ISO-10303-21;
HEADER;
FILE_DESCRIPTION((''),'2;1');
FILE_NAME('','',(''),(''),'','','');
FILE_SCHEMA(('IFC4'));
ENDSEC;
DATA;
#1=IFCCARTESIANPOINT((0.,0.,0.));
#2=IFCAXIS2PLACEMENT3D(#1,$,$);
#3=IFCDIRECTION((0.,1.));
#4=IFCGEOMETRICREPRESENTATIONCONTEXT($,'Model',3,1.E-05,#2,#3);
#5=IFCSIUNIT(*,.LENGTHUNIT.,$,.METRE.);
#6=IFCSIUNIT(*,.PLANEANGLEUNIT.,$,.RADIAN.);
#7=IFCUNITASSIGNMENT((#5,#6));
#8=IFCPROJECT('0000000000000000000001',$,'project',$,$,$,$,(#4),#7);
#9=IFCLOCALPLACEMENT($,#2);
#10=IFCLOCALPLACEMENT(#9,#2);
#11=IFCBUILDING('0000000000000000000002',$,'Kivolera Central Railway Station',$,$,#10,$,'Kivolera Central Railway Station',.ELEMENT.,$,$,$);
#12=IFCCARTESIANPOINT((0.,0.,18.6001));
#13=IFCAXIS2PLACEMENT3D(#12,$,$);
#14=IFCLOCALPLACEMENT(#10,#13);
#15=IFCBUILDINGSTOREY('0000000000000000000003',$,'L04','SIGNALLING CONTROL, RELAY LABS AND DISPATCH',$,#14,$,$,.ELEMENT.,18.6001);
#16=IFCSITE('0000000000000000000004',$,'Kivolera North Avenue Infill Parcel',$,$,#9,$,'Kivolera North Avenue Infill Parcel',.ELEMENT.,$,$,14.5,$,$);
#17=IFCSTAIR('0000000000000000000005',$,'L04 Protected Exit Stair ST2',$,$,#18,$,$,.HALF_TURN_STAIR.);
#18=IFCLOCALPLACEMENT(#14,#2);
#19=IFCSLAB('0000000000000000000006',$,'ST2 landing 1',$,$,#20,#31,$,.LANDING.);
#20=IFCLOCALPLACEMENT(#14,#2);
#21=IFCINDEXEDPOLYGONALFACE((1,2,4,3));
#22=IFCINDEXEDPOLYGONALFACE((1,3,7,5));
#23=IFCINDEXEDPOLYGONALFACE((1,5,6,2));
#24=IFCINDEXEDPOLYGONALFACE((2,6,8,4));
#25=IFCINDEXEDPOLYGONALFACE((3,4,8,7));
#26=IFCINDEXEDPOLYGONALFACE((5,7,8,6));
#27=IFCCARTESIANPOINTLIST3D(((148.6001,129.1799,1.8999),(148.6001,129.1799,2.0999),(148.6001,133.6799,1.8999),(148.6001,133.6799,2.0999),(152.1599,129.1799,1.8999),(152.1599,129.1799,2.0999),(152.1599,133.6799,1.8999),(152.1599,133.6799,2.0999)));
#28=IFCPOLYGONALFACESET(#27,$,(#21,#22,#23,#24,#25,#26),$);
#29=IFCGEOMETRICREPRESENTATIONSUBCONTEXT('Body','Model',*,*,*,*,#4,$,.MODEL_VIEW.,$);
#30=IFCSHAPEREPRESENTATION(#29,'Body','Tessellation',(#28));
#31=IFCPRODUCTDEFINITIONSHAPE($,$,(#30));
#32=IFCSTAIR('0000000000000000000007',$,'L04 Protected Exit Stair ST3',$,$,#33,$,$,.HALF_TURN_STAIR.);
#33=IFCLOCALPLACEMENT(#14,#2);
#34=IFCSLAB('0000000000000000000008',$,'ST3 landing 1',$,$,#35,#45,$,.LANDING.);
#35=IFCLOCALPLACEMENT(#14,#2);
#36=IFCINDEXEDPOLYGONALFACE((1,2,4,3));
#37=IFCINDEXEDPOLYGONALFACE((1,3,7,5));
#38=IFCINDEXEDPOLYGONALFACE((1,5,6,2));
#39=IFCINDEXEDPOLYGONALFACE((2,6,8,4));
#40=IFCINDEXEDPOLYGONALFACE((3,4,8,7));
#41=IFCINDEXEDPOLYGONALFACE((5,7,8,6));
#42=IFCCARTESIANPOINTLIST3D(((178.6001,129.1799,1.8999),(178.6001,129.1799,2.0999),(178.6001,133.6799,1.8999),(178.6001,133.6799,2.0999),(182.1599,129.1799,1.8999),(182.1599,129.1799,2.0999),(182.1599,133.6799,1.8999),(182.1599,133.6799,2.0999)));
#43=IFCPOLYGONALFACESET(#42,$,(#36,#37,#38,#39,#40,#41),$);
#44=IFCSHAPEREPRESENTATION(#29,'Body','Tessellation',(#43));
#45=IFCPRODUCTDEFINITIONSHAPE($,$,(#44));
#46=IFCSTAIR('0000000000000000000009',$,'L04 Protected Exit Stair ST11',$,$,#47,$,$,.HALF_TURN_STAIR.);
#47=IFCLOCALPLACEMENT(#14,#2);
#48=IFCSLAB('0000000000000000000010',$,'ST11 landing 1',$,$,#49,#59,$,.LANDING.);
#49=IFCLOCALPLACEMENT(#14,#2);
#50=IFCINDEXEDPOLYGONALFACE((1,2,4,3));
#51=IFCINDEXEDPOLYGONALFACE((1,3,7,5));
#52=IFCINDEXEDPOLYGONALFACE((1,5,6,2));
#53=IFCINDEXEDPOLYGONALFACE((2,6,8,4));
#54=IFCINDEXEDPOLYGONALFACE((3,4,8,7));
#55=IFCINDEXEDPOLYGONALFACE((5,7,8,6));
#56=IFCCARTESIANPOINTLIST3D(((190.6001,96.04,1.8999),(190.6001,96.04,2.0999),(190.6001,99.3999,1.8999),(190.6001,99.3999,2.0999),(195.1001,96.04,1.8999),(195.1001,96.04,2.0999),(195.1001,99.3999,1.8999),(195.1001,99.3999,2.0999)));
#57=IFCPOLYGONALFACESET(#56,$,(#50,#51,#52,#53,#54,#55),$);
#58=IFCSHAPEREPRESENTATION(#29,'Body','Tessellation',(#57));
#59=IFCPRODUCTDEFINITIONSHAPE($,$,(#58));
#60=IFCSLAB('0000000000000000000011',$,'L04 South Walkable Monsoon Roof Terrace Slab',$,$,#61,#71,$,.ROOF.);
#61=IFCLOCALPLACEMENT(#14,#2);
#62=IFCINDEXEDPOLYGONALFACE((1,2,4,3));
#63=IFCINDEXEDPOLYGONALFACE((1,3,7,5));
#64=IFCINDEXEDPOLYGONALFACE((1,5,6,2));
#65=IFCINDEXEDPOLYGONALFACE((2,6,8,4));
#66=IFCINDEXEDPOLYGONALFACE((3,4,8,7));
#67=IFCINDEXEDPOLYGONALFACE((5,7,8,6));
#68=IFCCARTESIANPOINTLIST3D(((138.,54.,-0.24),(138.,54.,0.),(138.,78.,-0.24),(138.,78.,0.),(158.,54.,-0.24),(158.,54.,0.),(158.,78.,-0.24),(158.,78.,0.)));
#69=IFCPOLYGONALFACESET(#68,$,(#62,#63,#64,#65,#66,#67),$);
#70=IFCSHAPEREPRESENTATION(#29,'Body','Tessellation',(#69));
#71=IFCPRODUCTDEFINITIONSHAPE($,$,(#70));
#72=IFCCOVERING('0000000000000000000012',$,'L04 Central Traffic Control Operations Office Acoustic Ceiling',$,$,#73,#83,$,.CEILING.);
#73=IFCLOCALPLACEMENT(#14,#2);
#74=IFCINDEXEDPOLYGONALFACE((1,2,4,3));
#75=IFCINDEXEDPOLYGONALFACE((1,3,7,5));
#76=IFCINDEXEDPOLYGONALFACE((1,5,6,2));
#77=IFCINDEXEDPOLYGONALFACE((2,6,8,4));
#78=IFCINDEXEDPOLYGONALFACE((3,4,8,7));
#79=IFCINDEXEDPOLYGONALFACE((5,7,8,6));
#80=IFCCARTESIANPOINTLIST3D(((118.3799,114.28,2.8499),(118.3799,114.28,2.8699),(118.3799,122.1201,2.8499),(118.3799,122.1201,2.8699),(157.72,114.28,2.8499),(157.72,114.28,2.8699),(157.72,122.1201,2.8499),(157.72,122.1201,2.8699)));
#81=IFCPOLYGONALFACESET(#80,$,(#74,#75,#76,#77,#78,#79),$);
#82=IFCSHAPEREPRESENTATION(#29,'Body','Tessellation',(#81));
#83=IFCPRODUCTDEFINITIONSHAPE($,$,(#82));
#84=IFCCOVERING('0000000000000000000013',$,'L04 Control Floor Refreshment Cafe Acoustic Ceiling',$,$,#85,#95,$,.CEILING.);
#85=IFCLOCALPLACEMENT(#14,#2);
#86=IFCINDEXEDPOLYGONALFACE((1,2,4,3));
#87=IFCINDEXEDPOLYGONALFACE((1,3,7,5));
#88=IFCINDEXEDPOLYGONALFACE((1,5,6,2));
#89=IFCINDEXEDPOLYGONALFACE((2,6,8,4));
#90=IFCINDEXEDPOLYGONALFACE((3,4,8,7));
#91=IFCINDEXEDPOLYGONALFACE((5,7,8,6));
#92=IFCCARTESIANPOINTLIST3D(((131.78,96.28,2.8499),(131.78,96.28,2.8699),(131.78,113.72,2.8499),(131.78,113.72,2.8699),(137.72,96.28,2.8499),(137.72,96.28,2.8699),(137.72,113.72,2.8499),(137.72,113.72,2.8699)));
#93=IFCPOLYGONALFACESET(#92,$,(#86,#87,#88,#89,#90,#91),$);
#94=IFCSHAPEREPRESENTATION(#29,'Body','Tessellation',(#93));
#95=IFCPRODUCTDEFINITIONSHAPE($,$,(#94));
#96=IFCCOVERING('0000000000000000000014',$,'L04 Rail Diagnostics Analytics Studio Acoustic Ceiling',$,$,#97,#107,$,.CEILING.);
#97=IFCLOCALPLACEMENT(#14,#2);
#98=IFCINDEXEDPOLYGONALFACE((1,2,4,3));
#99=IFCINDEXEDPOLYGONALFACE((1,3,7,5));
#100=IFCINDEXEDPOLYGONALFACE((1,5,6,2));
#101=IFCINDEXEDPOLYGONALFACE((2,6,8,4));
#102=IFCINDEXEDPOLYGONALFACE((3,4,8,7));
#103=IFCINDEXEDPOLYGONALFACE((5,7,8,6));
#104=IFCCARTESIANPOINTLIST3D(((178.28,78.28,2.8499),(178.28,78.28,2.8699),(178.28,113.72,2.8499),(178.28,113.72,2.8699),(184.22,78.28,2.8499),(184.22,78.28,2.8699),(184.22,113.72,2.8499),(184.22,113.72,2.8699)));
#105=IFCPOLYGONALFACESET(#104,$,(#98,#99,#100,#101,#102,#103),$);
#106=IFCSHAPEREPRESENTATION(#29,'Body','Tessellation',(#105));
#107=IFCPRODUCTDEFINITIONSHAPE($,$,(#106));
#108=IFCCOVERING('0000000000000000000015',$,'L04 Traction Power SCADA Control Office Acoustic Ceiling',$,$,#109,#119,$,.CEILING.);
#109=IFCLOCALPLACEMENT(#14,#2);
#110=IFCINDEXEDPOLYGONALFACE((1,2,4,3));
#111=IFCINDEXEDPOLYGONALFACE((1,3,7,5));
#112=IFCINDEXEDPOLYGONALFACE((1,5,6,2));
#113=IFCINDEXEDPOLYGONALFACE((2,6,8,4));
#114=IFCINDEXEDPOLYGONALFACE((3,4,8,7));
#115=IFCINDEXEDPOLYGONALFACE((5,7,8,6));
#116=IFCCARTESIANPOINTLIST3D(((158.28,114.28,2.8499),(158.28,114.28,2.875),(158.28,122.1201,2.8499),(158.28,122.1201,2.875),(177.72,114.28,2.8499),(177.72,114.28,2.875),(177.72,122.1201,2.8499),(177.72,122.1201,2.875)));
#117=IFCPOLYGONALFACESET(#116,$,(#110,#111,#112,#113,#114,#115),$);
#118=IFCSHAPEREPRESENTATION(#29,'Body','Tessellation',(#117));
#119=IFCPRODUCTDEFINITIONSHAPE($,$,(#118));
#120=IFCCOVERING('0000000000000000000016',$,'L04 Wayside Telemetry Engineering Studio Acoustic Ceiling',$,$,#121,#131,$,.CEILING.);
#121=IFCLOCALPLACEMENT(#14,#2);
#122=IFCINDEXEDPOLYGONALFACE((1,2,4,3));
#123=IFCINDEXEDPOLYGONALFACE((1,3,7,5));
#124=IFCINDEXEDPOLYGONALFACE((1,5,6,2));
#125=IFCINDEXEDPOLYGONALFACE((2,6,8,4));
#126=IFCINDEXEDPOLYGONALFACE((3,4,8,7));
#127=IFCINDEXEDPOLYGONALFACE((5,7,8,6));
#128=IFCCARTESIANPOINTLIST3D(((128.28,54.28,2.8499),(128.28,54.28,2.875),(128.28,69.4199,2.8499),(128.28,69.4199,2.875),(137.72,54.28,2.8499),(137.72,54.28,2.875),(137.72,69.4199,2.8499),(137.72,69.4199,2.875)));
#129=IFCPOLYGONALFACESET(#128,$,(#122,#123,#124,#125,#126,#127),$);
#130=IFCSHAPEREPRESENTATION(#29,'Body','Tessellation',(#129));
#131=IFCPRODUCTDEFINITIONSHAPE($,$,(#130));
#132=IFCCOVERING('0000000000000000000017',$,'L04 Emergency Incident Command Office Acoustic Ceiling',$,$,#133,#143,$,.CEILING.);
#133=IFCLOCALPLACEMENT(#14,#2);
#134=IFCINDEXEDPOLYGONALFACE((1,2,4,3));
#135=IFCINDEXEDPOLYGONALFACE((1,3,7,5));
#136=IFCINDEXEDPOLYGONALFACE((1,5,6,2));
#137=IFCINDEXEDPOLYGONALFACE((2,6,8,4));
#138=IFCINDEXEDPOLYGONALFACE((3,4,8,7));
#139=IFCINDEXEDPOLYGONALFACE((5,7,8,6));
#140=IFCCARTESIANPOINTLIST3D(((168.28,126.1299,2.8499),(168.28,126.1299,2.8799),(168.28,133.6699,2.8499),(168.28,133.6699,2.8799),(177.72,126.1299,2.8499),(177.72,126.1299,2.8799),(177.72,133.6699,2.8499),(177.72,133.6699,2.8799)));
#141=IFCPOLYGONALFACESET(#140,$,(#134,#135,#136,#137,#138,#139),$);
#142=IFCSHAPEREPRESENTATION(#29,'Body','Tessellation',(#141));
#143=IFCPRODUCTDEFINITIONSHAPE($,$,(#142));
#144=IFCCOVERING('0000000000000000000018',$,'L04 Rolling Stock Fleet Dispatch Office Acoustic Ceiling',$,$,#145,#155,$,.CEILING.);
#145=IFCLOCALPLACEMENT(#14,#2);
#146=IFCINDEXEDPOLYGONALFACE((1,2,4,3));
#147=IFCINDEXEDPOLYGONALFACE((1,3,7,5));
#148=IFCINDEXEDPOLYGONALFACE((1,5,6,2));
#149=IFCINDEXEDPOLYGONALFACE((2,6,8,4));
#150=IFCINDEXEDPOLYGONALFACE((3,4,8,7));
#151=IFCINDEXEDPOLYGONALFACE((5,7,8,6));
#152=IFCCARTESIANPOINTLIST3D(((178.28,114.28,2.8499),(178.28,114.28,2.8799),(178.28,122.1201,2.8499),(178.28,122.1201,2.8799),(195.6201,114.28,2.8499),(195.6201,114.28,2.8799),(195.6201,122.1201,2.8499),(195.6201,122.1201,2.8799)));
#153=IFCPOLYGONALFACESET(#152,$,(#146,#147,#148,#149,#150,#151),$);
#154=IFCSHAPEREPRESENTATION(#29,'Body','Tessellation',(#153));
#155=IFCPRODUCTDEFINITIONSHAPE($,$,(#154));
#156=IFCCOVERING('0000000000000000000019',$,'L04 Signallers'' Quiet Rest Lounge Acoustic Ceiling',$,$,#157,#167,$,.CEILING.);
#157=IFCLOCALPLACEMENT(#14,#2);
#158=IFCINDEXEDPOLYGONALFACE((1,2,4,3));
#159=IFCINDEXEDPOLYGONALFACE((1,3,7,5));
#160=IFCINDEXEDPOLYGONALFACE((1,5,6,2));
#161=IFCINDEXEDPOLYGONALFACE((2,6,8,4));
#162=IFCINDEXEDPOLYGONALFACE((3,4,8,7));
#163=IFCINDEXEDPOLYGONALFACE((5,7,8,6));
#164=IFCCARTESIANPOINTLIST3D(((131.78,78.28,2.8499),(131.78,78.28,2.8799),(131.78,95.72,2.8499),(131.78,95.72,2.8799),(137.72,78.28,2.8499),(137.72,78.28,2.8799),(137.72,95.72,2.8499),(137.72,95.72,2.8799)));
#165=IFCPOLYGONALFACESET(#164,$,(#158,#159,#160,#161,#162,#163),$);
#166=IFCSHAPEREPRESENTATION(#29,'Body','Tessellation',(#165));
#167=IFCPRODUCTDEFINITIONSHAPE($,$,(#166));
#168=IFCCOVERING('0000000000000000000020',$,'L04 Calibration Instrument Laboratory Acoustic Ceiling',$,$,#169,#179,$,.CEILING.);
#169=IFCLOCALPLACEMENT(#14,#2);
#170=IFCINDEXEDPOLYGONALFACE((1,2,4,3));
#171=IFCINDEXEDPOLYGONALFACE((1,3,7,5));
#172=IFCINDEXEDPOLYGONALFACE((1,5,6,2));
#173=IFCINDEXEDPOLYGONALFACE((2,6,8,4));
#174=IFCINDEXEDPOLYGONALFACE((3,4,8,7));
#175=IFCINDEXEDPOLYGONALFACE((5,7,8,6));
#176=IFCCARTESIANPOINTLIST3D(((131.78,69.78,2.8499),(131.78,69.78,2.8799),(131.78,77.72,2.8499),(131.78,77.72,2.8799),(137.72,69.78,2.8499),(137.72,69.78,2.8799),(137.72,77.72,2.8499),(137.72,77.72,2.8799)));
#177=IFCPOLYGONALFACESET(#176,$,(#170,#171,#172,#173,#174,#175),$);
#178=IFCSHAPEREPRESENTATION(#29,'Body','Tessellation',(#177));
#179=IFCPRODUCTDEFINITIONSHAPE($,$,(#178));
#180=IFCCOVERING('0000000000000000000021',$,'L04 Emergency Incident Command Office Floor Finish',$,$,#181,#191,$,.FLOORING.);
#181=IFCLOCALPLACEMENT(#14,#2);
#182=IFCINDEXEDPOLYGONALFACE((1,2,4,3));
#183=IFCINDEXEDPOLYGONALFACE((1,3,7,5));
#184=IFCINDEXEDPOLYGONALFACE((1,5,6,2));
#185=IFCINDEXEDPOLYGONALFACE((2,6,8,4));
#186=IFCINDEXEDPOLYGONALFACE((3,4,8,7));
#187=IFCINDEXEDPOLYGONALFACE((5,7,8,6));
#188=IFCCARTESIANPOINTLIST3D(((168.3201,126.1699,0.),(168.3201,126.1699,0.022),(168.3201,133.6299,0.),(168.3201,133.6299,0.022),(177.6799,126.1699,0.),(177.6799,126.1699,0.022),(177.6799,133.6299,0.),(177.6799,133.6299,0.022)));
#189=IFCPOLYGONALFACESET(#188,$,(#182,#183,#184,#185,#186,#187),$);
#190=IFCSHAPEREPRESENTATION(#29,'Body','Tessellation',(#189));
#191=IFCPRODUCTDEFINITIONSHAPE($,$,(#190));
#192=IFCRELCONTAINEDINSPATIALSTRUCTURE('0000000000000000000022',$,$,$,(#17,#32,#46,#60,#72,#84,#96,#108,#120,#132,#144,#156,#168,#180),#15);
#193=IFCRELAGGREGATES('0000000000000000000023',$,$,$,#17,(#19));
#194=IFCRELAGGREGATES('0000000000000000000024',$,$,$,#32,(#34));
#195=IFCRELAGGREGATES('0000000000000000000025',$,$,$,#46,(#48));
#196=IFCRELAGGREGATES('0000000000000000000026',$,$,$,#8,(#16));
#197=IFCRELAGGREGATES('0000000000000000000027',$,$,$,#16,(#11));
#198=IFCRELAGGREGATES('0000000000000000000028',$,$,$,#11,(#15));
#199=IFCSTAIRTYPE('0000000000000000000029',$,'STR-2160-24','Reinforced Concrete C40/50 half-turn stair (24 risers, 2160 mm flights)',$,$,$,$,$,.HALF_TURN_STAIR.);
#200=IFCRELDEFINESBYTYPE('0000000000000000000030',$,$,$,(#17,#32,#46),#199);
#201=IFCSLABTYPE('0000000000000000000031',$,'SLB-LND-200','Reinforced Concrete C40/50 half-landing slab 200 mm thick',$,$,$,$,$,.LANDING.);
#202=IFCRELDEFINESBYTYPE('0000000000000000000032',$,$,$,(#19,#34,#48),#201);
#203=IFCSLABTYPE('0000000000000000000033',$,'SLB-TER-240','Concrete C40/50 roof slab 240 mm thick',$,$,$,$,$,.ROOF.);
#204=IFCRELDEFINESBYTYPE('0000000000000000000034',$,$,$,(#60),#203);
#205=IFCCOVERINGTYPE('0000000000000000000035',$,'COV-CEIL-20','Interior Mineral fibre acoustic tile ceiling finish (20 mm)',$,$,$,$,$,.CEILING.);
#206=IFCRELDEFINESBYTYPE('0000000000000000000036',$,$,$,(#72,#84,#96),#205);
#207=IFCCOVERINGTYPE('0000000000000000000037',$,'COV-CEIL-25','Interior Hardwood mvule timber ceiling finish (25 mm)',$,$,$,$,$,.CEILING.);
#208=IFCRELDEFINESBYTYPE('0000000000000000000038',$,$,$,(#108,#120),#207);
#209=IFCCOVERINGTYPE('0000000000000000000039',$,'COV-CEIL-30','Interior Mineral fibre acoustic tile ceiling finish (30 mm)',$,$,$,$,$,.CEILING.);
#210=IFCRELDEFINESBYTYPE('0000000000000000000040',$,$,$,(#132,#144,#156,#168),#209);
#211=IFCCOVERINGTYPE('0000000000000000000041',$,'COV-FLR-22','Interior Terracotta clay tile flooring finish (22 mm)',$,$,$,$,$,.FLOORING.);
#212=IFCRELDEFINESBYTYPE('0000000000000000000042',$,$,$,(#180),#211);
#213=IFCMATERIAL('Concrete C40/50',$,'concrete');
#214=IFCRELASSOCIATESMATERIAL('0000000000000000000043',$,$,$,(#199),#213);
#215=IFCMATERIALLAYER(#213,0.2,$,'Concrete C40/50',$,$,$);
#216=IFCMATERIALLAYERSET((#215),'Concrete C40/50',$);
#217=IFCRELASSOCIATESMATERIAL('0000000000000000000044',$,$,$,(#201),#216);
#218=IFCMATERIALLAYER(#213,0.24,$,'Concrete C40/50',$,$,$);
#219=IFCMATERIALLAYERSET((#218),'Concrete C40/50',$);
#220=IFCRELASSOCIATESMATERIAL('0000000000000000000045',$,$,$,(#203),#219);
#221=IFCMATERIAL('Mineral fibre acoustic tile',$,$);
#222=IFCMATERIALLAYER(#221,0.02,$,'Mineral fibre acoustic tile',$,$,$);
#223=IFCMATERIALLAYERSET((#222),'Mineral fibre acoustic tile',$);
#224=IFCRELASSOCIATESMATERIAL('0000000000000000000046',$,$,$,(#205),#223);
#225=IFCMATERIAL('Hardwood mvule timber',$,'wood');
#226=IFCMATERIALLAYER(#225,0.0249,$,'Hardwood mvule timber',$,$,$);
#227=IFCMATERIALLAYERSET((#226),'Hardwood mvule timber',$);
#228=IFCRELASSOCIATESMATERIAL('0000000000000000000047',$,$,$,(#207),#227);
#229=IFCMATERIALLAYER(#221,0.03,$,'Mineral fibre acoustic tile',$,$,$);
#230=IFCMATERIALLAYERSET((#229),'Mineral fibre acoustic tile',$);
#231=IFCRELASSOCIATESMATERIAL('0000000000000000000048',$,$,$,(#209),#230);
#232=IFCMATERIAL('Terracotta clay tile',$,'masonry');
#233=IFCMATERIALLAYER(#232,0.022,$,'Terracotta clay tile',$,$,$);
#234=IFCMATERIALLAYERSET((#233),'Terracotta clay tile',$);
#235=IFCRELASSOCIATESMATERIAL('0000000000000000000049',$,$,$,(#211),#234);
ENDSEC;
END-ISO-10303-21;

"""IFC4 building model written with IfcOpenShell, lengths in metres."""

from ifc_helpers import new_model, si_unit, direction, frame, origin, place, context, subcontext, project, spatial, polyline, outline, extrude, material, layer, layer_set, type_object, element, aggregate, save


model = new_model("IFC4")

# Units and contexts
model_context = context("Model", 3, precision=1e-05, world=origin(), true_north=direction((0.0, 1.0)))
body_context = subcontext(model_context, "Body", "Model", "MODEL_VIEW")
ifc_project = project(units=[si_unit("LENGTHUNIT", "METRE"), si_unit("PLANEANGLEUNIT", "RADIAN")], contexts=[model_context])

# Site, building, storey
site_placement = place(None, origin())
site = spatial("IfcSite", under=ifc_project, at=site_placement, Name="Kivolera North Avenue Infill Parcel", LongName="Kivolera North Avenue Infill Parcel", CompositionType="ELEMENT", RefElevation=14.5)
building_placement = place(site_placement, origin())
building = spatial("IfcBuilding", under=site, at=building_placement, Name="Kivolera Central Railway Station", LongName="Kivolera Central Railway Station", CompositionType="ELEMENT")
storey_placement = place(building_placement, frame((0.0, 0.0, 18.6001)))
storey = spatial("IfcBuildingStorey", under=building, at=storey_placement, Name="L04", Description="SIGNALLING CONTROL, RELAY LABS AND DISPATCH", CompositionType="ELEMENT", Elevation=18.6001)

# Shared definitions
ifc_material_1 = material(Name="Concrete C40/50", Category="concrete")

# Stairs, slabs
stair_type = type_object("IfcStairType", Name="STR-2160-24", Description="Reinforced Concrete C40/50 half-turn stair (24 risers, 2160 mm flights)", PredefinedType="HALF_TURN_STAIR", material=ifc_material_1)
ifc_layer_1 = layer(ifc_material_1, 0.2, Name="Concrete C40/50")
ifc_layer_set_1 = layer_set([ifc_layer_1], Name="Concrete C40/50")
slab_type_1 = type_object("IfcSlabType", Name="SLB-LND-200", Description="Reinforced Concrete C40/50 half-landing slab 200 mm thick", PredefinedType="LANDING", material=ifc_layer_set_1)
stair_1_placement = place(storey_placement, origin())
stair_1 = element("IfcStair", 1, at=stair_1_placement, inside=storey, type_object=stair_type, Name="L04 Protected Exit Stair ST2", PredefinedType="HALF_TURN_STAIR")
slab_1_placement = place(storey_placement, frame((0.0, 0.0, 1.8999)))
slab_1 = element("IfcSlab", 2, at=slab_1_placement, type_object=slab_type_1, Name="ST2 landing 1", PredefinedType="LANDING", context=body_context, shape_type="SweptSolid", body=[
    extrude(outline(polyline([(152.1599, 133.6799), (148.6001, 133.6799), (148.6001, 129.1799), (152.1599, 129.1799), (152.1599, 133.6799)])), origin(), (0.0, 0.0, 1.0), 0.2),
])
aggregate(stair_1, [slab_1])
stair_2_placement = place(storey_placement, origin())
stair_2 = element("IfcStair", 3, at=stair_2_placement, inside=storey, type_object=stair_type, Name="L04 Protected Exit Stair ST3", PredefinedType="HALF_TURN_STAIR")
slab_2_placement = place(storey_placement, frame((0.0, 0.0, 1.8999)))
slab_2 = element("IfcSlab", 4, at=slab_2_placement, type_object=slab_type_1, Name="ST3 landing 1", PredefinedType="LANDING", context=body_context, shape_type="SweptSolid", body=[
    extrude(outline(polyline([(182.1599, 133.6799), (178.6001, 133.6799), (178.6001, 129.1799), (182.1599, 129.1799), (182.1599, 133.6799)])), origin(), (0.0, 0.0, 1.0), 0.2),
])
aggregate(stair_2, [slab_2])
stair_3_placement = place(storey_placement, origin())
stair_3 = element("IfcStair", 5, at=stair_3_placement, inside=storey, type_object=stair_type, Name="L04 Protected Exit Stair ST11", PredefinedType="HALF_TURN_STAIR")
slab_3_placement = place(storey_placement, frame((0.0, 0.0, 1.8999)))
slab_3 = element("IfcSlab", 6, at=slab_3_placement, type_object=slab_type_1, Name="ST11 landing 1", PredefinedType="LANDING", context=body_context, shape_type="SweptSolid", body=[
    extrude(outline(polyline([(195.1001, 96.04), (195.1001, 99.3999), (190.6001, 99.3999), (190.6001, 96.04), (195.1001, 96.04)])), origin(), (0.0, 0.0, 1.0), 0.2),
])
aggregate(stair_3, [slab_3])

# Slab
ifc_layer_2 = layer(ifc_material_1, 0.24, Name="Concrete C40/50")
ifc_layer_set_2 = layer_set([ifc_layer_2], Name="Concrete C40/50")
slab_type_2 = type_object("IfcSlabType", Name="SLB-TER-240", Description="Concrete C40/50 roof slab 240 mm thick", PredefinedType="ROOF", material=ifc_layer_set_2)
slab_4_placement = place(storey_placement, frame((0.0, 0.0, -0.24)))
element("IfcSlab", 7, at=slab_4_placement, inside=storey, type_object=slab_type_2, Name="L04 South Walkable Monsoon Roof Terrace Slab", PredefinedType="ROOF", context=body_context, shape_type="SweptSolid", body=[
    extrude(outline(polyline([(138.0, 54.0), (158.0, 54.0), (158.0, 78.0), (138.0, 78.0), (138.0, 54.0)])), origin(), (0.0, 0.0, 1.0), 0.24),
])

# Coverings
ifc_material_2 = material(Name="Mineral fibre acoustic tile")
ifc_layer_3 = layer(ifc_material_2, 0.02, Name="Mineral fibre acoustic tile")
ifc_layer_set_3 = layer_set([ifc_layer_3], Name="Mineral fibre acoustic tile")
covering_type_1 = type_object("IfcCoveringType", Name="COV-CEIL-20", Description="Interior Mineral fibre acoustic tile ceiling finish (20 mm)", PredefinedType="CEILING", material=ifc_layer_set_3)
covering_1_placement = place(storey_placement, frame((0.0, 0.0, 2.8499)))
element("IfcCovering", 8, at=covering_1_placement, inside=storey, type_object=covering_type_1, Name="L04 Central Traffic Control Operations Office Acoustic Ceiling", PredefinedType="CEILING", context=body_context, shape_type="SweptSolid", body=[
    extrude(outline(polyline([(118.3799, 114.28), (157.72, 114.28), (157.72, 122.1201), (118.3799, 122.1201), (118.3799, 114.28)])), origin(), (0.0, 0.0, 1.0), 0.02),
])
covering_2_placement = place(storey_placement, frame((0.0, 0.0, 2.8499)))
element("IfcCovering", 9, at=covering_2_placement, inside=storey, type_object=covering_type_1, Name="L04 Control Floor Refreshment Cafe Acoustic Ceiling", PredefinedType="CEILING", context=body_context, shape_type="SweptSolid", body=[
    extrude(outline(polyline([(131.78, 96.28), (137.72, 96.28), (137.72, 113.72), (131.78, 113.72), (131.78, 96.28)])), origin(), (0.0, 0.0, 1.0), 0.02),
])
covering_3_placement = place(storey_placement, frame((0.0, 0.0, 2.8499)))
element("IfcCovering", 10, at=covering_3_placement, inside=storey, type_object=covering_type_1, Name="L04 Rail Diagnostics Analytics Studio Acoustic Ceiling", PredefinedType="CEILING", context=body_context, shape_type="SweptSolid", body=[
    extrude(outline(polyline([(178.28, 78.28), (184.22, 78.28), (184.22, 113.72), (178.28, 113.72), (178.28, 78.28)])), origin(), (0.0, 0.0, 1.0), 0.02),
])
ifc_material_3 = material(Name="Hardwood mvule timber", Category="wood")
ifc_layer_4 = layer(ifc_material_3, 0.0249, Name="Hardwood mvule timber")
ifc_layer_set_4 = layer_set([ifc_layer_4], Name="Hardwood mvule timber")
covering_type_2 = type_object("IfcCoveringType", Name="COV-CEIL-25", Description="Interior Hardwood mvule timber ceiling finish (25 mm)", PredefinedType="CEILING", material=ifc_layer_set_4)
covering_4_placement = place(storey_placement, frame((0.0, 0.0, 2.8499)))
element("IfcCovering", 11, at=covering_4_placement, inside=storey, type_object=covering_type_2, Name="L04 Traction Power SCADA Control Office Acoustic Ceiling", PredefinedType="CEILING", context=body_context, shape_type="SweptSolid", body=[
    extrude(outline(polyline([(158.28, 114.28), (177.72, 114.28), (177.72, 122.1201), (158.28, 122.1201), (158.28, 114.28)])), origin(), (0.0, 0.0, 1.0), 0.0251),
])
covering_5_placement = place(storey_placement, frame((0.0, 0.0, 2.8499)))
element("IfcCovering", 12, at=covering_5_placement, inside=storey, type_object=covering_type_2, Name="L04 Wayside Telemetry Engineering Studio Acoustic Ceiling", PredefinedType="CEILING", context=body_context, shape_type="SweptSolid", body=[
    extrude(outline(polyline([(128.28, 54.28), (137.72, 54.28), (137.72, 69.4199), (128.28, 69.4199), (128.28, 54.28)])), origin(), (0.0, 0.0, 1.0), 0.0251),
])
ifc_layer_5 = layer(ifc_material_2, 0.03, Name="Mineral fibre acoustic tile")
ifc_layer_set_5 = layer_set([ifc_layer_5], Name="Mineral fibre acoustic tile")
covering_type_3 = type_object("IfcCoveringType", Name="COV-CEIL-30", Description="Interior Mineral fibre acoustic tile ceiling finish (30 mm)", PredefinedType="CEILING", material=ifc_layer_set_5)
covering_6_placement = place(storey_placement, frame((0.0, 0.0, 2.8499)))
element("IfcCovering", 13, at=covering_6_placement, inside=storey, type_object=covering_type_3, Name="L04 Emergency Incident Command Office Acoustic Ceiling", PredefinedType="CEILING", context=body_context, shape_type="SweptSolid", body=[
    extrude(outline(polyline([(168.28, 126.1299), (177.72, 126.1299), (177.72, 133.6699), (168.28, 133.6699), (168.28, 126.1299)])), origin(), (0.0, 0.0, 1.0), 0.03),
])
covering_7_placement = place(storey_placement, frame((0.0, 0.0, 2.8499)))
element("IfcCovering", 14, at=covering_7_placement, inside=storey, type_object=covering_type_3, Name="L04 Rolling Stock Fleet Dispatch Office Acoustic Ceiling", PredefinedType="CEILING", context=body_context, shape_type="SweptSolid", body=[
    extrude(outline(polyline([(178.28, 114.28), (195.6201, 114.28), (195.6201, 122.1201), (178.28, 122.1201), (178.28, 114.28)])), origin(), (0.0, 0.0, 1.0), 0.03),
])
covering_8_placement = place(storey_placement, frame((0.0, 0.0, 2.8499)))
element("IfcCovering", 15, at=covering_8_placement, inside=storey, type_object=covering_type_3, Name="L04 Signallers' Quiet Rest Lounge Acoustic Ceiling", PredefinedType="CEILING", context=body_context, shape_type="SweptSolid", body=[
    extrude(outline(polyline([(131.78, 78.28), (137.72, 78.28), (137.72, 95.72), (131.78, 95.72), (131.78, 78.28)])), origin(), (0.0, 0.0, 1.0), 0.03),
])
covering_9_placement = place(storey_placement, frame((0.0, 0.0, 2.8499)))
element("IfcCovering", 16, at=covering_9_placement, inside=storey, type_object=covering_type_3, Name="L04 Calibration Instrument Laboratory Acoustic Ceiling", PredefinedType="CEILING", context=body_context, shape_type="SweptSolid", body=[
    extrude(outline(polyline([(131.78, 69.78), (137.72, 69.78), (137.72, 77.72), (131.78, 77.72), (131.78, 69.78)])), origin(), (0.0, 0.0, 1.0), 0.03),
])
ifc_material_4 = material(Name="Terracotta clay tile", Category="masonry")
ifc_layer_6 = layer(ifc_material_4, 0.022, Name="Terracotta clay tile")
ifc_layer_set_6 = layer_set([ifc_layer_6], Name="Terracotta clay tile")
covering_type_4 = type_object("IfcCoveringType", Name="COV-FLR-22", Description="Interior Terracotta clay tile flooring finish (22 mm)", PredefinedType="FLOORING", material=ifc_layer_set_6)
covering_10_placement = place(storey_placement, origin())
element("IfcCovering", 17, at=covering_10_placement, inside=storey, type_object=covering_type_4, Name="L04 Emergency Incident Command Office Floor Finish", PredefinedType="FLOORING", context=body_context, shape_type="SweptSolid", body=[
    extrude(outline(polyline([(168.3201, 126.1699), (177.6799, 126.1699), (177.6799, 133.6299), (168.3201, 133.6299), (168.3201, 126.1699)])), origin(), (0.0, 0.0, 1.0), 0.022),
])

save(model, "model.ifc")
